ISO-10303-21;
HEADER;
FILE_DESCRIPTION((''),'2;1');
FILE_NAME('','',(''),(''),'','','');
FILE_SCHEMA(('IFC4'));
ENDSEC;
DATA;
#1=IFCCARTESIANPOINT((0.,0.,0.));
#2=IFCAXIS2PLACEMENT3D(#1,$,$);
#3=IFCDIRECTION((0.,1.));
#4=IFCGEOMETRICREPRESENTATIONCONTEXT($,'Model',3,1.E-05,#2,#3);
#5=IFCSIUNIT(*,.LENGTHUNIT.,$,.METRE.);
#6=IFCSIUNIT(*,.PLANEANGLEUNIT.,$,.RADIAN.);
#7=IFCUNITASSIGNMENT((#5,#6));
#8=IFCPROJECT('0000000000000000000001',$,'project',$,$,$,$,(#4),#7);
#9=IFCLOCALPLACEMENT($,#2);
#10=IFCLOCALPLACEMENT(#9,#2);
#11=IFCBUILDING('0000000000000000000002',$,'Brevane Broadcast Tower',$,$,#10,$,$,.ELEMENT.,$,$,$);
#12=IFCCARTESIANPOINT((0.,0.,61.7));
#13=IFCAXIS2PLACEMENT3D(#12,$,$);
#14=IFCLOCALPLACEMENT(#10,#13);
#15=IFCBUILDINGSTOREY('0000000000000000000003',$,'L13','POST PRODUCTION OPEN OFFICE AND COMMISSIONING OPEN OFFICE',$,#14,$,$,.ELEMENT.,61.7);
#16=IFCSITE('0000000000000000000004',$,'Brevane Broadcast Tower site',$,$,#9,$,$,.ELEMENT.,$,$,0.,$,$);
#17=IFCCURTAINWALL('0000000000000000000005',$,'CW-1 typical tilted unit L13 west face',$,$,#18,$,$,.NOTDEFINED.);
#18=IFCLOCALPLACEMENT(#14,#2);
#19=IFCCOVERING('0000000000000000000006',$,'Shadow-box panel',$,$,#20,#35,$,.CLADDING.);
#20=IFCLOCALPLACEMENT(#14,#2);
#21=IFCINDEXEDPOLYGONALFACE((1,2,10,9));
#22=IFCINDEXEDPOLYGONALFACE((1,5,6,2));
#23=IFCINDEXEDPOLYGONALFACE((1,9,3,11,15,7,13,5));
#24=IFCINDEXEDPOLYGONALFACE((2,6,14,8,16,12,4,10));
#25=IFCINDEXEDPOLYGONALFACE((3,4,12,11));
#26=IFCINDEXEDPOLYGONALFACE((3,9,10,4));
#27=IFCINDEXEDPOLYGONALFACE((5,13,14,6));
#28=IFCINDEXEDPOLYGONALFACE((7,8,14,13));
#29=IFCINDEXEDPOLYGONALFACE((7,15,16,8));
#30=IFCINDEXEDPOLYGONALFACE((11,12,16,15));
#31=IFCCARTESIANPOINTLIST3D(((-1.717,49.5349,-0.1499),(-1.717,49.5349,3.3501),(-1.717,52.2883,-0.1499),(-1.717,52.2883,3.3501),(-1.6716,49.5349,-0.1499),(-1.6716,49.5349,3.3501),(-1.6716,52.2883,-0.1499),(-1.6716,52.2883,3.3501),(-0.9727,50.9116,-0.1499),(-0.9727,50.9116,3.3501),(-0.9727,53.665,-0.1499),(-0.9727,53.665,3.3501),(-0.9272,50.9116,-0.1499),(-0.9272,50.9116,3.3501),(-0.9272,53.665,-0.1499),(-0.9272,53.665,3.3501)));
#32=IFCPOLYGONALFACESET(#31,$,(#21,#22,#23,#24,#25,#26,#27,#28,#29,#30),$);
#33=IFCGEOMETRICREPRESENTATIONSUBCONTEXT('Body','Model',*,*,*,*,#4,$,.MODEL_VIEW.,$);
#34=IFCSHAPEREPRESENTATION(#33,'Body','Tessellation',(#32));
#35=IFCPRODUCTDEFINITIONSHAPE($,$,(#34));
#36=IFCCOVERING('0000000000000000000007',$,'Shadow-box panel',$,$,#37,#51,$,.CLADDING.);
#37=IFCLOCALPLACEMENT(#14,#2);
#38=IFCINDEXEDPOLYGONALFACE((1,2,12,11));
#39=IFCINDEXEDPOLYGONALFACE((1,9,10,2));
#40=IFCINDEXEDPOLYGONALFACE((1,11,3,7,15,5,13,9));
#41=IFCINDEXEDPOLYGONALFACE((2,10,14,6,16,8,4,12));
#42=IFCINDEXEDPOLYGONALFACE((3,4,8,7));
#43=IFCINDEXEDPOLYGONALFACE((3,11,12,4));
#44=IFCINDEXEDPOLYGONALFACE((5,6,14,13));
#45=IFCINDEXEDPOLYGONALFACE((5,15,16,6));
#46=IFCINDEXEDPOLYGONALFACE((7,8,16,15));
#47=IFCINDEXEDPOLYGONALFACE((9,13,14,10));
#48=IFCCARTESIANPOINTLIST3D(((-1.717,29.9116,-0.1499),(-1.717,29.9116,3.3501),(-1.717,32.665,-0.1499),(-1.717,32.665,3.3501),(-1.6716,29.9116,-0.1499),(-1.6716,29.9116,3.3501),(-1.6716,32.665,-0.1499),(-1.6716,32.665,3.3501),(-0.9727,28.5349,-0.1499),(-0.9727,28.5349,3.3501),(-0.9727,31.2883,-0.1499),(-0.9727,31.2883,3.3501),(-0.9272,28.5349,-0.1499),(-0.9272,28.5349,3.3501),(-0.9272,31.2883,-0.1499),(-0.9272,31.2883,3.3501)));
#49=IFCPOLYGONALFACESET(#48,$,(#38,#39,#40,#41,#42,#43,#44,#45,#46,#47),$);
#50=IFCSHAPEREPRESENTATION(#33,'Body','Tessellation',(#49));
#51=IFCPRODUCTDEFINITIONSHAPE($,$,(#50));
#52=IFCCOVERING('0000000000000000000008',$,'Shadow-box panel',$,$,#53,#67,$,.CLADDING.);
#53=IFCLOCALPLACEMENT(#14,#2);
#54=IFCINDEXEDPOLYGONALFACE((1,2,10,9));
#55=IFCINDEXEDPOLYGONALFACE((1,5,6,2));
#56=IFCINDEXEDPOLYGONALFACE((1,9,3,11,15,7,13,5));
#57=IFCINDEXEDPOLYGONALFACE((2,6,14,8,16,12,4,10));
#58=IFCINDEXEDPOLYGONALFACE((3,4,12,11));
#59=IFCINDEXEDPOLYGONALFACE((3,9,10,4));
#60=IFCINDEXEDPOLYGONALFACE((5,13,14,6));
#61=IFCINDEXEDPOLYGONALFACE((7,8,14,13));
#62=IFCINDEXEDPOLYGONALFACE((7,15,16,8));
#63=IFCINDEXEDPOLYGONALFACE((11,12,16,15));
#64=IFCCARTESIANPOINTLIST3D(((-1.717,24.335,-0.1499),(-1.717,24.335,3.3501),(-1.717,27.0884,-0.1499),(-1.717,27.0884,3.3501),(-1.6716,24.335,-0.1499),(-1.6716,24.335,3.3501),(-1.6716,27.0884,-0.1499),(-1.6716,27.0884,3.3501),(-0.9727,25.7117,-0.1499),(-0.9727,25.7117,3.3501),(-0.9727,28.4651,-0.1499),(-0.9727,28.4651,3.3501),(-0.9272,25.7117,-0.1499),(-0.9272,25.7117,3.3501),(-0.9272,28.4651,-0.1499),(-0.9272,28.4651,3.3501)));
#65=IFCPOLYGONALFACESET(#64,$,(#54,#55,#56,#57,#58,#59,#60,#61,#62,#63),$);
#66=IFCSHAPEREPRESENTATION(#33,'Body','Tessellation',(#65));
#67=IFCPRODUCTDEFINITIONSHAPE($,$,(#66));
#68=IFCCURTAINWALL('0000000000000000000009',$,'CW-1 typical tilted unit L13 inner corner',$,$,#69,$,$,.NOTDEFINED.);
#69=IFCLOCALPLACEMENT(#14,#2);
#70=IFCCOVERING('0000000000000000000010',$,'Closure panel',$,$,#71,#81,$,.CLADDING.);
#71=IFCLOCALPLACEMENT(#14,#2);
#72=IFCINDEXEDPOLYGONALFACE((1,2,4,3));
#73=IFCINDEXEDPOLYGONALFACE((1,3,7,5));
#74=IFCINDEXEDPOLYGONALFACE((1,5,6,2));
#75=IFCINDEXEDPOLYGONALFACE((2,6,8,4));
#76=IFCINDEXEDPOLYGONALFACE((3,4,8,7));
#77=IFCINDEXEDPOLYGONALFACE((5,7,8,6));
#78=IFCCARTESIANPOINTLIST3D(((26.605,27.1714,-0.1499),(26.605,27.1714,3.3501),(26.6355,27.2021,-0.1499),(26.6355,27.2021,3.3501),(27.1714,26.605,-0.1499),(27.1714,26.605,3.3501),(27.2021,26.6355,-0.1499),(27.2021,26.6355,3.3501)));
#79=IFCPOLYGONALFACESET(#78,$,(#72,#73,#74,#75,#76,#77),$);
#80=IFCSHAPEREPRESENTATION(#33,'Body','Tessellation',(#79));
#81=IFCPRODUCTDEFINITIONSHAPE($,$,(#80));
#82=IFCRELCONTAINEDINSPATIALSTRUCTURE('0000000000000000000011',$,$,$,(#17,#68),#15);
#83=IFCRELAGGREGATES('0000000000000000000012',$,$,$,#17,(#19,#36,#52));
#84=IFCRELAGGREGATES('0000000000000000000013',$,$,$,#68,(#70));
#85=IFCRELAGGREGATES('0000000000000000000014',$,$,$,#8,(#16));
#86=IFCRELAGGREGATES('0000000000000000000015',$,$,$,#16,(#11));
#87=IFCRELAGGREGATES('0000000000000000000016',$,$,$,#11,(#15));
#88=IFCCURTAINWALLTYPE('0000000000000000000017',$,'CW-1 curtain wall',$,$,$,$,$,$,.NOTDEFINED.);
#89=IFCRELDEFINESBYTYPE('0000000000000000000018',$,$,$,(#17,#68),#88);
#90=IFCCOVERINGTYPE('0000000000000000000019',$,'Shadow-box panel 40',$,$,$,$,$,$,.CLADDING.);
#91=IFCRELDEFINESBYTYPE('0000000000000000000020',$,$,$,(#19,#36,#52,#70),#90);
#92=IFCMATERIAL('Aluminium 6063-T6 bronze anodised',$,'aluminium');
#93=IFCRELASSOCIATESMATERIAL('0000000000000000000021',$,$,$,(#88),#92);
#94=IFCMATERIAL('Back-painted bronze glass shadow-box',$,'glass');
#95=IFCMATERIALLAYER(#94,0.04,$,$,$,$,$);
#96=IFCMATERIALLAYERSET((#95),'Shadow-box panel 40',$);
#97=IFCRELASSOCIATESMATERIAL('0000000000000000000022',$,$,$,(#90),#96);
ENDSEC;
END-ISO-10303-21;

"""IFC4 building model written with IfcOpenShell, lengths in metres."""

from ifc_helpers import new_model, si_unit, direction, frame, origin, place, context, subcontext, project, spatial, polyline, outline, extrude, material, layer, layer_set, type_object, element, aggregate, save


model = new_model("IFC4")

# Units and contexts
model_context = context("Model", 3, precision=1e-05, world=origin(), true_north=direction((0.0, 1.0)))
body_context = subcontext(model_context, "Body", "Model", "MODEL_VIEW")
ifc_project = project(units=[si_unit("LENGTHUNIT", "METRE"), si_unit("PLANEANGLEUNIT", "RADIAN")], contexts=[model_context])

# Site, building, storey
site_placement = place(None, origin())
site = spatial("IfcSite", under=ifc_project, at=site_placement, Name="Brevane Broadcast Tower site", CompositionType="ELEMENT", RefElevation=0.0)
building_placement = place(site_placement, origin())
building = spatial("IfcBuilding", under=site, at=building_placement, Name="Brevane Broadcast Tower", CompositionType="ELEMENT")
storey_placement = place(building_placement, frame((0.0, 0.0, 61.7)))
storey = spatial("IfcBuildingStorey", under=building, at=storey_placement, Name="L13", Description="POST PRODUCTION OPEN OFFICE AND COMMISSIONING OPEN OFFICE", CompositionType="ELEMENT", Elevation=61.7)

# Curtain wall
ifc_material_1 = material(Name="Aluminium 6063-T6 bronze anodised", Category="aluminium")
curtain_wall_type = type_object("IfcCurtainWallType", Name="CW-1 curtain wall", PredefinedType="NOTDEFINED", material=ifc_material_1)
curtain_wall_1_placement = place(storey_placement, origin())
curtain_wall_1 = element("IfcCurtainWall", 1, at=curtain_wall_1_placement, inside=storey, type_object=curtain_wall_type, Name="CW-1 typical tilted unit L13 west face", PredefinedType="NOTDEFINED")

# Coverings
ifc_material_2 = material(Name="Back-painted bronze glass shadow-box", Category="glass")
ifc_layer_1 = layer(ifc_material_2, 0.04)
ifc_layer_set_1 = layer_set([ifc_layer_1], Name="Shadow-box panel 40")
covering_type = type_object("IfcCoveringType", Name="Shadow-box panel 40", PredefinedType="CLADDING", material=ifc_layer_set_1)
covering_1_placement = place(storey_placement, frame((0.0, 0.0, -0.1499)))
covering_1 = element("IfcCovering", 2, at=covering_1_placement, type_object=covering_type, Name="Shadow-box panel", PredefinedType="CLADDING", context=body_context, shape_type="SweptSolid", body=[
    extrude(outline(polyline([(-0.9272, 53.665), (-0.9727, 53.665), (-1.717, 52.2883), (-0.9727, 50.9116), (-1.717, 49.5349), (-1.6716, 49.5349), (-0.9272, 50.9116), (-1.6716, 52.2883), (-0.9272, 53.665)])), origin(), (0.0, 0.0, 1.0), 3.5),
])
covering_2_placement = place(storey_placement, frame((0.0, 0.0, -0.1499)))
covering_2 = element("IfcCovering", 3, at=covering_2_placement, type_object=covering_type, Name="Shadow-box panel", PredefinedType="CLADDING", context=body_context, shape_type="SweptSolid", body=[
    extrude(outline(polyline([(-1.6716, 32.665), (-1.717, 32.665), (-0.9727, 31.2883), (-1.717, 29.9116), (-0.9727, 28.5349), (-0.9272, 28.5349), (-1.6716, 29.9116), (-0.9272, 31.2883), (-1.6716, 32.665)])), origin(), (0.0, 0.0, 1.0), 3.5),
])
covering_3_placement = place(storey_placement, frame((0.0, 0.0, -0.1499)))
covering_3 = element("IfcCovering", 4, at=covering_3_placement, type_object=covering_type, Name="Shadow-box panel", PredefinedType="CLADDING", context=body_context, shape_type="SweptSolid", body=[
    extrude(outline(polyline([(-0.9272, 28.4651), (-0.9727, 28.4651), (-1.717, 27.0884), (-0.9727, 25.7117), (-1.717, 24.335), (-1.6716, 24.335), (-0.9272, 25.7117), (-1.6716, 27.0884), (-0.9272, 28.4651)])), origin(), (0.0, 0.0, 1.0), 3.5),
])
aggregate(curtain_wall_1, [covering_1, covering_2, covering_3])

# Curtain wall, covering
curtain_wall_2_placement = place(storey_placement, origin())
curtain_wall_2 = element("IfcCurtainWall", 5, at=curtain_wall_2_placement, inside=storey, type_object=curtain_wall_type, Name="CW-1 typical tilted unit L13 inner corner", PredefinedType="NOTDEFINED")
covering_4_placement = place(storey_placement, frame((0.0, 0.0, -0.1499)))
covering_4 = element("IfcCovering", 6, at=covering_4_placement, type_object=covering_type, Name="Closure panel", PredefinedType="CLADDING", context=body_context, shape_type="SweptSolid", body=[
    extrude(outline(polyline([(27.1714, 26.605), (27.2021, 26.6355), (26.6355, 27.2021), (26.605, 27.1714), (27.1714, 26.605)])), origin(), (0.0, 0.0, 1.0), 3.5),
])
aggregate(curtain_wall_2, [covering_4])

save(model, "model.ifc")
